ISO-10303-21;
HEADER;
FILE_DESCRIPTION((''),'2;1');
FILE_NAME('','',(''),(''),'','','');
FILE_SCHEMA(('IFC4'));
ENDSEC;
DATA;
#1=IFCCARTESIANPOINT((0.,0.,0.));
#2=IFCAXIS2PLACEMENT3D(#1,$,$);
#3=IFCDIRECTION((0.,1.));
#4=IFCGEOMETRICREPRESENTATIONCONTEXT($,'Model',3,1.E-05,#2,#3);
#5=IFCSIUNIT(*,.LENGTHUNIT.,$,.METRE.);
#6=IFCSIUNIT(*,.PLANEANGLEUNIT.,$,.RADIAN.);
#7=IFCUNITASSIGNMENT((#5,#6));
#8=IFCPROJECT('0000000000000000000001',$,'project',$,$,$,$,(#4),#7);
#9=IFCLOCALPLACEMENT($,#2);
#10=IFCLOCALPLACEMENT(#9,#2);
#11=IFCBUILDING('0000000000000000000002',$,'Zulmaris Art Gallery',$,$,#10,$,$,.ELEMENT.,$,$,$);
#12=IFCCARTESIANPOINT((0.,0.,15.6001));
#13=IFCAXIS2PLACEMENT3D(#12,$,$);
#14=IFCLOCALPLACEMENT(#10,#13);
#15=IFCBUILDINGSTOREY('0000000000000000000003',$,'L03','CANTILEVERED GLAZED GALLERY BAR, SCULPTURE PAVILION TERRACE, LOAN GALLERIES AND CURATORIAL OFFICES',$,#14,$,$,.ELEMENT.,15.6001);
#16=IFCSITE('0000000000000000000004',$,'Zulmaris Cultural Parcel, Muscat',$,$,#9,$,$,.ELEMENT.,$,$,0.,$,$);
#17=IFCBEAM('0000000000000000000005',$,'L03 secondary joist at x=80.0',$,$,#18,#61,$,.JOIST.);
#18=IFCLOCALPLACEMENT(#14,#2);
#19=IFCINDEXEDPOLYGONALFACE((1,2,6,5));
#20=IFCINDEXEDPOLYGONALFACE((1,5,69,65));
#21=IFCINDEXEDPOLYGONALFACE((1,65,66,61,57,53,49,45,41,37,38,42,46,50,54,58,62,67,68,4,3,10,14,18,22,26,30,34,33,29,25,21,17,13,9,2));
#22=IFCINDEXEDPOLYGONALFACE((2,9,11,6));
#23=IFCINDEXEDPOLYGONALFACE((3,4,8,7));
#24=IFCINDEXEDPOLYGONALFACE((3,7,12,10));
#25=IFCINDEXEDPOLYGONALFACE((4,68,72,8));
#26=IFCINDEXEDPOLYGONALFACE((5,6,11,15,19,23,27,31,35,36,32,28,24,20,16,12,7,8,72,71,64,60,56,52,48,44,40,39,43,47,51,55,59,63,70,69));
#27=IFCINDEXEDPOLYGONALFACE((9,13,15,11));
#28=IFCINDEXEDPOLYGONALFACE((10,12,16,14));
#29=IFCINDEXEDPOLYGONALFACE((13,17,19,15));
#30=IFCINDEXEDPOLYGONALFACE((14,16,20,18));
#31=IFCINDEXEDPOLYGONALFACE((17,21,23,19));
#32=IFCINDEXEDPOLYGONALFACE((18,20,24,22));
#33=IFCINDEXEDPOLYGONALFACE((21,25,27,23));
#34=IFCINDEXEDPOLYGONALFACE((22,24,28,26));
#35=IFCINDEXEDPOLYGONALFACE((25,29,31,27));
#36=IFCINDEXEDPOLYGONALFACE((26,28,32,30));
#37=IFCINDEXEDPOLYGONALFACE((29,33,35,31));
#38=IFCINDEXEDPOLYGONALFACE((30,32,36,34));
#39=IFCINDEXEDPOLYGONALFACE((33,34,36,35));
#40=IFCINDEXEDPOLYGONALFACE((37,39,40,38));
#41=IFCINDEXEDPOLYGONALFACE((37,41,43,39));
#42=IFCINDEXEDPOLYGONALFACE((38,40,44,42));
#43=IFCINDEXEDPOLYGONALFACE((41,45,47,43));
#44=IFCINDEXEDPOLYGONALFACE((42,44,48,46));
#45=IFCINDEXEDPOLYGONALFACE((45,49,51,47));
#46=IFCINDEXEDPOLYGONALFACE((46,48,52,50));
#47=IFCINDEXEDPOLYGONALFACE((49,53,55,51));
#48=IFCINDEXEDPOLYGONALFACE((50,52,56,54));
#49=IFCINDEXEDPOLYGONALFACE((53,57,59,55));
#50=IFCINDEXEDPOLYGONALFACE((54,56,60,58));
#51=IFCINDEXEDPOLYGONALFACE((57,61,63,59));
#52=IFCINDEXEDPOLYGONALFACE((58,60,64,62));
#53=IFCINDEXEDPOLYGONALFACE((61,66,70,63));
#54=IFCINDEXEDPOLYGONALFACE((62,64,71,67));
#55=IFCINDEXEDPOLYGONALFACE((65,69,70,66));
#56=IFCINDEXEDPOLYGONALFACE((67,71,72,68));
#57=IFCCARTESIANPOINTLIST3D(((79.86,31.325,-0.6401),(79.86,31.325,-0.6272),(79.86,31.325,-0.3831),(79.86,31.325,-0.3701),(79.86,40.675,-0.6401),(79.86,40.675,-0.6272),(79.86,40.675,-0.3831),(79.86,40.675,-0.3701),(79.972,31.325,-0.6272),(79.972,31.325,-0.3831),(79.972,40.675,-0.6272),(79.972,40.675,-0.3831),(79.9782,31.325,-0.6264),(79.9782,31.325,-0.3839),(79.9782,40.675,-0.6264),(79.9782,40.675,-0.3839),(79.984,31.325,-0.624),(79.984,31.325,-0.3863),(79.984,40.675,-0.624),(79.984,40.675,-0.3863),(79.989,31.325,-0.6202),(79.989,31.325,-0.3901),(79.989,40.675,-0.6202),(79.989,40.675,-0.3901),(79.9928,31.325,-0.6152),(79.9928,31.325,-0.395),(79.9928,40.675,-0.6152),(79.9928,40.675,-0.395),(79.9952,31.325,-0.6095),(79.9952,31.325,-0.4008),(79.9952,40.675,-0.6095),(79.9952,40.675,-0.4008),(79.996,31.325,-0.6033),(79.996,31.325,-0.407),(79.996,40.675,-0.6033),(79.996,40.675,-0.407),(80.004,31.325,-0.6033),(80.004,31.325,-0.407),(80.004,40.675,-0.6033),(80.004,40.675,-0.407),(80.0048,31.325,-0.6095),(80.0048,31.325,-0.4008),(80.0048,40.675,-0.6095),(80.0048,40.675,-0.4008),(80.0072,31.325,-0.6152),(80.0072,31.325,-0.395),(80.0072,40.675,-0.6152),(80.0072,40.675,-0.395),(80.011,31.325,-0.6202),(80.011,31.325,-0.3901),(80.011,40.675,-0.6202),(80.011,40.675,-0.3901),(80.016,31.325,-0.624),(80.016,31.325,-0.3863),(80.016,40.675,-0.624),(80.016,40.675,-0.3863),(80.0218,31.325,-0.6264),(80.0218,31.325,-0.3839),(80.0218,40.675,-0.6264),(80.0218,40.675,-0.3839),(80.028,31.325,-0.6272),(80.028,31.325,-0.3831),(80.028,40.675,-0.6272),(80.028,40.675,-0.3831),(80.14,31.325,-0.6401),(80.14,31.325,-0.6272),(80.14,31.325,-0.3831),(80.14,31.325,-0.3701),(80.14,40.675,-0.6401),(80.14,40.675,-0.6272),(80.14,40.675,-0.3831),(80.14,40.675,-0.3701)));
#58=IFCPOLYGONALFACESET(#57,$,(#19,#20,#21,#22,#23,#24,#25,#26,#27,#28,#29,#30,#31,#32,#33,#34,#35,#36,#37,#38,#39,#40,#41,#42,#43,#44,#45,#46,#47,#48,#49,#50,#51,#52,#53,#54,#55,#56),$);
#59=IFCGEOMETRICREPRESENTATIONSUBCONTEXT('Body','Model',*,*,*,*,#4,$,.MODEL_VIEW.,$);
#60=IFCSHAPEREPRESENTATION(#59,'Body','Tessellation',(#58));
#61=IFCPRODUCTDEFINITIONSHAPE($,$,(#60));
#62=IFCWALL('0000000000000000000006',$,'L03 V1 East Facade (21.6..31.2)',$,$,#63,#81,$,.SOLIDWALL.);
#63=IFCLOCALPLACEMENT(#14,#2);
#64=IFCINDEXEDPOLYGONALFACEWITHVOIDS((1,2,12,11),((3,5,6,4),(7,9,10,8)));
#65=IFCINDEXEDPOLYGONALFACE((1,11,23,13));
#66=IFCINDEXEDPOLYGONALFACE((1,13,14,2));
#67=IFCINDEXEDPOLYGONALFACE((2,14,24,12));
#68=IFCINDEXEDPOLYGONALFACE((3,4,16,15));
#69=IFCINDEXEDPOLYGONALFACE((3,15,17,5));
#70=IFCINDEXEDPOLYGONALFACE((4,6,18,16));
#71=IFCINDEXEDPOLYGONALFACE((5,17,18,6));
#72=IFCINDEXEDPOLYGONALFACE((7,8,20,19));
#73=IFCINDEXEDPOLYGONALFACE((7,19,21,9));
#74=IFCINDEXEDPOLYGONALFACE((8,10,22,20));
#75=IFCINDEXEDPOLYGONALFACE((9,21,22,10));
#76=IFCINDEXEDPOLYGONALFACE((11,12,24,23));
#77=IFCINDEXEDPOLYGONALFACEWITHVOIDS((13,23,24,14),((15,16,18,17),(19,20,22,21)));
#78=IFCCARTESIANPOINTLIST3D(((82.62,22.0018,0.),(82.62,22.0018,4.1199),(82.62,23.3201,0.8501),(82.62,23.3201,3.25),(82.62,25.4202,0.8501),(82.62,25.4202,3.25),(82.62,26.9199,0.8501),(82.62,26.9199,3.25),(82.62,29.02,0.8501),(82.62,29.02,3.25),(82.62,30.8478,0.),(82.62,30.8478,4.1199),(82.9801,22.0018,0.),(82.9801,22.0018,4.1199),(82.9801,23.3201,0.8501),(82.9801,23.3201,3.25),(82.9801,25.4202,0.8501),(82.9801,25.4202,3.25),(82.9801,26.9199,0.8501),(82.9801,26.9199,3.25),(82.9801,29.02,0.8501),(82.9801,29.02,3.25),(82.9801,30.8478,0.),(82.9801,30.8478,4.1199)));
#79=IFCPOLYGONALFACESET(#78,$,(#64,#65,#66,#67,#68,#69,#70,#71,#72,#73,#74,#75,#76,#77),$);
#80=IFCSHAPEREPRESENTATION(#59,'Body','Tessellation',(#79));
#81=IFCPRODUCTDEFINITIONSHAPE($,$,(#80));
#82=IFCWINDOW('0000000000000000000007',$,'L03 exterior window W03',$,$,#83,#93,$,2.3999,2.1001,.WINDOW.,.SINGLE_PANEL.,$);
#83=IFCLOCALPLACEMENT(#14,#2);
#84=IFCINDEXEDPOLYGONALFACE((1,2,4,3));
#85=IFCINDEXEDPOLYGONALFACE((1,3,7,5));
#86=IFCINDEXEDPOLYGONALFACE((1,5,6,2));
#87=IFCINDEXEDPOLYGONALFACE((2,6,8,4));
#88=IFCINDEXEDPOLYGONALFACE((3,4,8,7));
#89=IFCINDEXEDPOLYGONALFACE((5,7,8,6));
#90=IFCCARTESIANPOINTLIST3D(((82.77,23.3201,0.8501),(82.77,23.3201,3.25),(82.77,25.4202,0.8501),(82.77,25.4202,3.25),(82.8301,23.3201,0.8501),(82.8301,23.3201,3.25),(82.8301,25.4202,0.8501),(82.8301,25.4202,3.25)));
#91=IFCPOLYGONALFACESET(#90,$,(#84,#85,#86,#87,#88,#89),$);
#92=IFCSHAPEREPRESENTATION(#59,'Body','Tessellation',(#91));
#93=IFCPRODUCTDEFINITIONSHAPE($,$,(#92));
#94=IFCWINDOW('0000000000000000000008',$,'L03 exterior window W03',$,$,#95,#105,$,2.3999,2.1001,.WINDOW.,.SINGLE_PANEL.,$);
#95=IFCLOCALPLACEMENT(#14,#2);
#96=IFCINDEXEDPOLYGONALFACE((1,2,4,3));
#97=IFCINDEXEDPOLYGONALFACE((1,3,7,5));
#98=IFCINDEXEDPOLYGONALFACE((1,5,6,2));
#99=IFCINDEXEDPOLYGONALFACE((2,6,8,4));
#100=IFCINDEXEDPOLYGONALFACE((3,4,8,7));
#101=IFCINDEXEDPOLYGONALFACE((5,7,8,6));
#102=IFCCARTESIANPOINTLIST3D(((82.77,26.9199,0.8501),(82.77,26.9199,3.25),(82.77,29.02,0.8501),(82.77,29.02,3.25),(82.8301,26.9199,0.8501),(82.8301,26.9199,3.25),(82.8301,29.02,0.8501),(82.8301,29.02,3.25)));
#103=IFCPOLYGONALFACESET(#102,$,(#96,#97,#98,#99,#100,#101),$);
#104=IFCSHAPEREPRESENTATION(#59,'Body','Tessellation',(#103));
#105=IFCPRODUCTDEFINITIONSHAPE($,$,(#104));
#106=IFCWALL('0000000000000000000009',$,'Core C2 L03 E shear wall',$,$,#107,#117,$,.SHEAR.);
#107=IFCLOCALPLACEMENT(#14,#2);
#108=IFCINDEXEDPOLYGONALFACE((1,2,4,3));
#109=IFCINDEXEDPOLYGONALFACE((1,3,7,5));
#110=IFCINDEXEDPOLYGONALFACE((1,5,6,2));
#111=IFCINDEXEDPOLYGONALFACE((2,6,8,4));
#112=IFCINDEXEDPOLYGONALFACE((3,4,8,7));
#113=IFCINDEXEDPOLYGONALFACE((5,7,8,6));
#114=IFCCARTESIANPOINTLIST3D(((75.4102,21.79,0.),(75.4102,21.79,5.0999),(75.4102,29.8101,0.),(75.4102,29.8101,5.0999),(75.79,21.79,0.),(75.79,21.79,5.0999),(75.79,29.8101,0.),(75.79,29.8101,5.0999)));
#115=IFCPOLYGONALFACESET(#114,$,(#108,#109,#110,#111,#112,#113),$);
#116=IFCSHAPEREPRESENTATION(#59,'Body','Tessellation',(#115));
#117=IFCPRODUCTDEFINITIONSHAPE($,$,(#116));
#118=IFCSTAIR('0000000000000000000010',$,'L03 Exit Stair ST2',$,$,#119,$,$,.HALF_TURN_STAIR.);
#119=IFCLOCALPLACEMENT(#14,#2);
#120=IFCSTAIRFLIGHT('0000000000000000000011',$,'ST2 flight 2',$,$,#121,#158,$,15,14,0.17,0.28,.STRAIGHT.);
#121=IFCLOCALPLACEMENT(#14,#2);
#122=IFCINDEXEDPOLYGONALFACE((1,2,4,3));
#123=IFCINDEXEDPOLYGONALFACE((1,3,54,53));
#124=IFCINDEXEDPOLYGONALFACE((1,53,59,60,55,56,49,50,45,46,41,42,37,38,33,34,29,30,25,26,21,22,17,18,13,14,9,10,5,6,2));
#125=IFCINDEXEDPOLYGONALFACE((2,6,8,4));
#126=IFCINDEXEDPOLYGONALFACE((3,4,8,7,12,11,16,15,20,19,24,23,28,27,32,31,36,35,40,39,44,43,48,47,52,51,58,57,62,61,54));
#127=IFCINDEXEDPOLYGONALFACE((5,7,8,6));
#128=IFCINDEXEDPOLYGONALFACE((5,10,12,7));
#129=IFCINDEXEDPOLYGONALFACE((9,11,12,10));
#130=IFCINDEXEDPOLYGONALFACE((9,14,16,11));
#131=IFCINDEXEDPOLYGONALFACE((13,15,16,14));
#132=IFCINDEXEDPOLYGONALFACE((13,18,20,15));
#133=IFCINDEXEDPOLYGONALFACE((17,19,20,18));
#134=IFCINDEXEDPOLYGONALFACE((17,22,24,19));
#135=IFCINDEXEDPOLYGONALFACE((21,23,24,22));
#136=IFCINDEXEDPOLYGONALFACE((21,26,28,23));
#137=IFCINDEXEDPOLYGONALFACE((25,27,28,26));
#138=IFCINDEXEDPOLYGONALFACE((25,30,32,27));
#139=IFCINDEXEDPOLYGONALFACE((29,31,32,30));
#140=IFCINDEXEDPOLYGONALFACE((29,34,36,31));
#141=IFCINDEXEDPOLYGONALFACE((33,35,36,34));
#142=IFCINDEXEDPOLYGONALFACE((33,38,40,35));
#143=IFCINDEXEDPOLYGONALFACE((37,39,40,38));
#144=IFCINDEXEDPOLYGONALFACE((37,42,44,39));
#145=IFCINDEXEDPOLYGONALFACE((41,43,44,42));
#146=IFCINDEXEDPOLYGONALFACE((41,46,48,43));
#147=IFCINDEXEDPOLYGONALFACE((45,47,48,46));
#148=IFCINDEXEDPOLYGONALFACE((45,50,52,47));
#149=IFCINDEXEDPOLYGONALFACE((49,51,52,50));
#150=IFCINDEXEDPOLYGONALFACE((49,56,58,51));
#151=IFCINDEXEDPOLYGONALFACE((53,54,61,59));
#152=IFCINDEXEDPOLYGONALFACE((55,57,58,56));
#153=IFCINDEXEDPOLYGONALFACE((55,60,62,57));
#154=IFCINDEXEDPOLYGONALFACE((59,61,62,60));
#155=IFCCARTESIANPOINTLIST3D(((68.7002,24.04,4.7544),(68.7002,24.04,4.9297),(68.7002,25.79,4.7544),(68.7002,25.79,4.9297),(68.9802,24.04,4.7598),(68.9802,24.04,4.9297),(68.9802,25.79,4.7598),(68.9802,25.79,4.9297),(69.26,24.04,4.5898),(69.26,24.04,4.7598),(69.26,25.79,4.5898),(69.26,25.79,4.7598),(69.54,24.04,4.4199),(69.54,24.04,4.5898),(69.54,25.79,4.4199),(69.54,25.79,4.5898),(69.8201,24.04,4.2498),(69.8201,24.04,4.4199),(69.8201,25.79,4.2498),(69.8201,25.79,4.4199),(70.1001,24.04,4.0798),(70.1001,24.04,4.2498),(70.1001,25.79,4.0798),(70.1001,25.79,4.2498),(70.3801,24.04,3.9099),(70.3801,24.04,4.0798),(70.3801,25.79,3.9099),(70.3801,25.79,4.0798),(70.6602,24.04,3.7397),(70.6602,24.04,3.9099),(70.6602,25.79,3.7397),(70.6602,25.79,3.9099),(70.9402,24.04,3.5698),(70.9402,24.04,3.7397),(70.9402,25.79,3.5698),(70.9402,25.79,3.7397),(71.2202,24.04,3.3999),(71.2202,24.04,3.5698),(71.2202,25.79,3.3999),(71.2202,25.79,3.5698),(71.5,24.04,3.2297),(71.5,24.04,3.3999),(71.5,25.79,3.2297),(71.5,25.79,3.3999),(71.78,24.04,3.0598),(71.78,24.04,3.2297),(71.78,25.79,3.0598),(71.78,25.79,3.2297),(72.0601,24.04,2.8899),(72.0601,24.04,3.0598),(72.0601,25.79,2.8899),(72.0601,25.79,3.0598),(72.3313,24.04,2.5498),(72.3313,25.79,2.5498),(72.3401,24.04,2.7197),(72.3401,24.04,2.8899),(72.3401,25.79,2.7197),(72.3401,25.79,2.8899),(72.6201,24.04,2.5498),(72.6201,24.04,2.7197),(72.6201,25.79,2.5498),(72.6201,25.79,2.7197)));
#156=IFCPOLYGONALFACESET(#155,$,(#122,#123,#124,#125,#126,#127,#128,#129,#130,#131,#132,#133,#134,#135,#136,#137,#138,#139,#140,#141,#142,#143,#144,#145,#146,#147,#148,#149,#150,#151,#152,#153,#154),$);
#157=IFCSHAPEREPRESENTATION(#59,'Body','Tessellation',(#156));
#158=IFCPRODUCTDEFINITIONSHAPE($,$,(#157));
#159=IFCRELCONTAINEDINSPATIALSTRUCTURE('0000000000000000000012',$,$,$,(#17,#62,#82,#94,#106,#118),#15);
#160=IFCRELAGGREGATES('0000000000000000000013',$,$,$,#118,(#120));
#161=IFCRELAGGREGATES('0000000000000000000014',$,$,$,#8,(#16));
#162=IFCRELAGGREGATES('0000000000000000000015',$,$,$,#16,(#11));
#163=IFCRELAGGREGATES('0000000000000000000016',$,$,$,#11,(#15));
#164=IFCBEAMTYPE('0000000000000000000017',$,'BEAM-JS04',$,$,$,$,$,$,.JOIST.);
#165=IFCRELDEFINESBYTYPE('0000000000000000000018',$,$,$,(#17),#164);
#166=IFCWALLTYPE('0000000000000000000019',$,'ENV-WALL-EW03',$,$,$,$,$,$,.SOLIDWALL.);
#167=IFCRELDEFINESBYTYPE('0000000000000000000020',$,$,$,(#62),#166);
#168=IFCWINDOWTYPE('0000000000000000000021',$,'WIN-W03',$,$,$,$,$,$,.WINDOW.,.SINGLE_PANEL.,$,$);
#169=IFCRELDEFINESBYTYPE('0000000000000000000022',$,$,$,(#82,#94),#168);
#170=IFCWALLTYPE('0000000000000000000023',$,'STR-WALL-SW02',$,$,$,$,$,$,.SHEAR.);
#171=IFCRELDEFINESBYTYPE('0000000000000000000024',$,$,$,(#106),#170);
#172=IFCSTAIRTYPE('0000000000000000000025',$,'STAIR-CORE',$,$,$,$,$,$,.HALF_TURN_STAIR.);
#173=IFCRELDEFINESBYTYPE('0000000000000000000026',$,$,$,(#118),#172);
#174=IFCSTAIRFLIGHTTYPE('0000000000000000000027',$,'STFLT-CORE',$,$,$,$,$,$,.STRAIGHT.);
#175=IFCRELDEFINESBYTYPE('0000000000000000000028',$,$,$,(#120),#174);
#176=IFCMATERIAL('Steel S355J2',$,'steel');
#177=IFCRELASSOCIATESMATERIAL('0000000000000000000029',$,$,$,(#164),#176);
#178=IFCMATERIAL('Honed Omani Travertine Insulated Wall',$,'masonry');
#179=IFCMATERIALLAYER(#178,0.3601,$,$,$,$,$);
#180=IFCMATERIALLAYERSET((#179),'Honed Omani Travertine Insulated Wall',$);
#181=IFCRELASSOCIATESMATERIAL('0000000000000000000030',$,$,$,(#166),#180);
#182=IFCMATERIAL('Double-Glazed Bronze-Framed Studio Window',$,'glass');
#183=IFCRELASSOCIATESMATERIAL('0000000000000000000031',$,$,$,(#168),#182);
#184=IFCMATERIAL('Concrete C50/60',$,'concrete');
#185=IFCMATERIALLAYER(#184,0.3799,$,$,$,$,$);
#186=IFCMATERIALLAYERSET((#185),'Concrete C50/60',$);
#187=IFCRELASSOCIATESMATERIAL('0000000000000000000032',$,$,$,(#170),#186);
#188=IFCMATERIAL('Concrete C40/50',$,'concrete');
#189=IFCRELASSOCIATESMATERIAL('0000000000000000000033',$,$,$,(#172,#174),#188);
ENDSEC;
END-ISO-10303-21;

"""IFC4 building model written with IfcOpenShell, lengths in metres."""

from ifc_helpers import new_model, si_unit, direction, frame, frame_2d, origin, origin_2d, place, context, subcontext, project, spatial, polyline, rectangle, i_section, outline, extrude, material, layer, layer_set, material_profile, profile_set, type_object, element, fill, aggregate, save


model = new_model("IFC4")

# Units and contexts
model_context = context("Model", 3, precision=1e-05, world=origin(), true_north=direction((0.0, 1.0)))
body_context = subcontext(model_context, "Body", "Model", "MODEL_VIEW")
ifc_project = project(units=[si_unit("LENGTHUNIT", "METRE"), si_unit("PLANEANGLEUNIT", "RADIAN")], contexts=[model_context])

# Site, building, storey
site_placement = place(None, origin())
site = spatial("IfcSite", under=ifc_project, at=site_placement, Name="Zulmaris Cultural Parcel, Muscat", CompositionType="ELEMENT", RefElevation=0.0)
building_placement = place(site_placement, origin())
building = spatial("IfcBuilding", under=site, at=building_placement, Name="Zulmaris Art Gallery", CompositionType="ELEMENT")
storey_placement = place(building_placement, frame((0.0, 0.0, 15.6001)))
storey = spatial("IfcBuildingStorey", under=building, at=storey_placement, Name="L03", Description="CANTILEVERED GLAZED GALLERY BAR, SCULPTURE PAVILION TERRACE, LOAN GALLERIES AND CURATORIAL OFFICES", CompositionType="ELEMENT", Elevation=15.6001)

# Shared definitions
ifc_material_1 = material(Name="Concrete C40/50", Category="concrete")

# Beam
ifc_material_2 = material(Name="Steel S355J2", Category="steel")
ifc_material_profile_1 = material_profile(ifc_material_2, i_section(OverallWidth=0.28, OverallDepth=0.27, WebThickness=0.0081, FlangeThickness=0.0129, FilletRadius=0.0239, at=origin_2d()), Name="HEA 280")
ifc_profile_set_1 = profile_set([ifc_material_profile_1], Name="Steel S355J2")
beam_type_1 = type_object("IfcBeamType", Name="BEAM-JS04", PredefinedType="JOIST", material=ifc_profile_set_1)
beam_1_placement = place(storey_placement, frame((80.0, 31.325, -0.5051), z_axis=(0.0, 1.0, 0.0), x_axis=(-1.0, 0.0, 0.0)))
element("IfcBeam", 1, at=beam_1_placement, inside=storey, type_object=beam_type_1, Name="L03 secondary joist at x=80.0", PredefinedType="JOIST", context=body_context, shape_type="SweptSolid", body=[
    extrude(i_section(OverallWidth=0.28, OverallDepth=0.27, WebThickness=0.0081, FlangeThickness=0.0129, FilletRadius=0.0239, at=origin_2d()), origin(), (0.0, 0.0, 1.0), 9.3501),
])

# Wall, openings, windows
ifc_material_3 = material(Name="Honed Omani Travertine Insulated Wall", Category="masonry")
ifc_layer_1 = layer(ifc_material_3, 0.3601)
ifc_layer_set_1 = layer_set([ifc_layer_1], Name="Honed Omani Travertine Insulated Wall")
wall_type_1 = type_object("IfcWallType", Name="ENV-WALL-EW03", PredefinedType="SOLIDWALL", material=ifc_layer_set_1)
wall_1_placement = place(storey_placement, frame((82.8, 22.002, 0.0), z_axis=(0.0, 0.0, 1.0), x_axis=(0.0, 1.0, 0.0)))
wall_1 = element("IfcWall", 2, at=wall_1_placement, inside=storey, type_object=wall_type_1, Name="L03 V1 East Facade (21.6..31.2)", PredefinedType="SOLIDWALL", context=body_context, shape_type="SweptSolid", body=[
    extrude(rectangle(XDim=8.8459, YDim=0.3601, at=frame_2d((4.4229, 0.0))), origin(), (0.0, 0.0, 1.0), 4.1199),
])
opening_1_placement = place(wall_1_placement, frame((1.3181, 0.0, 0.8501)))
opening_1 = element("IfcOpeningElement", 3, at=opening_1_placement, cuts=wall_1, PredefinedType="OPENING", context=body_context, shape_type="SweptSolid", body=[
    extrude(rectangle(XDim=2.1001, YDim=2.3999, at=frame_2d((1.05, 1.2))), frame((0.0, 0.1899, 0.0), z_axis=(0.0, -1.0, 0.0), x_axis=(1.0, 0.0, 0.0)), (0.0, 0.0, 1.0), 0.3801),
])
opening_2_placement = place(wall_1_placement, frame((4.918, 0.0, 0.8501)))
opening_2 = element("IfcOpeningElement", 4, at=opening_2_placement, cuts=wall_1, PredefinedType="OPENING", context=body_context, shape_type="SweptSolid", body=[
    extrude(rectangle(XDim=2.1001, YDim=2.3999, at=frame_2d((1.05, 1.2))), frame((0.0, 0.1899, 0.0), z_axis=(0.0, -1.0, 0.0), x_axis=(1.0, 0.0, 0.0)), (0.0, 0.0, 1.0), 0.3801),
])
ifc_material_4 = material(Name="Double-Glazed Bronze-Framed Studio Window", Category="glass")
window_type = type_object("IfcWindowType", Name="WIN-W03", PartitioningType="SINGLE_PANEL", PredefinedType="WINDOW", material=ifc_material_4)
window_1_placement = place(opening_1_placement, origin())
window_1 = element("IfcWindow", 5, at=window_1_placement, inside=storey, type_object=window_type, Name="L03 exterior window W03", OverallHeight=2.3999, OverallWidth=2.1001, PartitioningType="SINGLE_PANEL", PredefinedType="WINDOW", context=body_context, shape_type="SweptSolid", body=[
    extrude(rectangle(XDim=2.1001, YDim=2.3999, at=frame_2d((1.05, 1.2))), frame((0.0, 0.03, 0.0), z_axis=(0.0, -1.0, 0.0), x_axis=(1.0, 0.0, 0.0)), (0.0, 0.0, 1.0), 0.0601),
])
fill(opening_1, window_1)
window_2_placement = place(opening_2_placement, origin())
window_2 = element("IfcWindow", 6, at=window_2_placement, inside=storey, type_object=window_type, Name="L03 exterior window W03", OverallHeight=2.3999, OverallWidth=2.1001, PartitioningType="SINGLE_PANEL", PredefinedType="WINDOW", context=body_context, shape_type="SweptSolid", body=[
    extrude(rectangle(XDim=2.1001, YDim=2.3999, at=frame_2d((1.05, 1.2))), frame((0.0, 0.03, 0.0), z_axis=(0.0, -1.0, 0.0), x_axis=(1.0, 0.0, 0.0)), (0.0, 0.0, 1.0), 0.0601),
])
fill(opening_2, window_2)

# Wall
ifc_material_5 = material(Name="Concrete C50/60", Category="concrete")
ifc_layer_2 = layer(ifc_material_5, 0.3799)
ifc_layer_set_2 = layer_set([ifc_layer_2], Name="Concrete C50/60")
wall_type_2 = type_object("IfcWallType", Name="STR-WALL-SW02", PredefinedType="SHEAR", material=ifc_layer_set_2)
wall_2_placement = place(storey_placement, frame((75.6001, 21.79, 0.0), z_axis=(0.0, 0.0, 1.0), x_axis=(0.0, 1.0, 0.0)))
element("IfcWall", 7, at=wall_2_placement, inside=storey, type_object=wall_type_2, Name="Core C2 L03 E shear wall", PredefinedType="SHEAR", context=body_context, shape_type="SweptSolid", body=[
    extrude(rectangle(XDim=8.02, YDim=0.3799, at=frame_2d((4.01, 0.0))), origin(), (0.0, 0.0, 1.0), 5.0999),
])

# Stair, stair flight
stair_type = type_object("IfcStairType", Name="STAIR-CORE", PredefinedType="HALF_TURN_STAIR", material=ifc_material_1)
stair_placement = place(storey_placement, origin())
stair = element("IfcStair", 8, at=stair_placement, inside=storey, type_object=stair_type, Name="L03 Exit Stair ST2", PredefinedType="HALF_TURN_STAIR")
stair_flight_type = type_object("IfcStairFlightType", Name="STFLT-CORE", PredefinedType="STRAIGHT", material=ifc_material_1)
stair_flight_placement = place(storey_placement, frame((72.6201, 24.915, 2.5498), z_axis=(0.0, 0.0, 1.0), x_axis=(-1.0, 0.0, 0.0)))
stair_flight = element("IfcStairFlight", 9, at=stair_flight_placement, type_object=stair_flight_type, Name="ST2 flight 2", NumberOfRisers=15, NumberOfTreads=14, PredefinedType="STRAIGHT", RiserHeight=0.17, TreadLength=0.28, context=body_context, shape_type="SweptSolid", body=[
    extrude(outline(polyline([(0.0, 0.0), (0.0, 0.1699), (0.28, 0.1699), (0.28, 0.3401), (0.5601, 0.3401), (0.5601, 0.51), (0.8401, 0.51), (0.8401, 0.6799), (1.1201, 0.6799), (1.1201, 0.8501), (1.3999, 0.8501), (1.3999, 1.02), (1.6799, 1.02), (1.6799, 1.1899), (1.96, 1.1899), (1.96, 1.3601), (2.24, 1.3601), (2.24, 1.53), (2.52, 1.53), (2.52, 1.7), (2.8, 1.7), (2.8, 1.8701), (3.0801, 1.8701), (3.0801, 2.04), (3.3601, 2.04), (3.3601, 2.21), (3.6399, 2.21), (3.6399, 2.3799), (3.9199, 2.3799), (3.9199, 2.55), (3.9199, 2.2046), (0.2888, 0.0), (0.0, 0.0)])), frame((0.0, 0.875, 0.0), z_axis=(0.0, -1.0, 0.0), x_axis=(1.0, 0.0, 0.0)), (0.0, 0.0, 1.0), 1.75),
])
aggregate(stair, [stair_flight])

save(model, "model.ifc")
